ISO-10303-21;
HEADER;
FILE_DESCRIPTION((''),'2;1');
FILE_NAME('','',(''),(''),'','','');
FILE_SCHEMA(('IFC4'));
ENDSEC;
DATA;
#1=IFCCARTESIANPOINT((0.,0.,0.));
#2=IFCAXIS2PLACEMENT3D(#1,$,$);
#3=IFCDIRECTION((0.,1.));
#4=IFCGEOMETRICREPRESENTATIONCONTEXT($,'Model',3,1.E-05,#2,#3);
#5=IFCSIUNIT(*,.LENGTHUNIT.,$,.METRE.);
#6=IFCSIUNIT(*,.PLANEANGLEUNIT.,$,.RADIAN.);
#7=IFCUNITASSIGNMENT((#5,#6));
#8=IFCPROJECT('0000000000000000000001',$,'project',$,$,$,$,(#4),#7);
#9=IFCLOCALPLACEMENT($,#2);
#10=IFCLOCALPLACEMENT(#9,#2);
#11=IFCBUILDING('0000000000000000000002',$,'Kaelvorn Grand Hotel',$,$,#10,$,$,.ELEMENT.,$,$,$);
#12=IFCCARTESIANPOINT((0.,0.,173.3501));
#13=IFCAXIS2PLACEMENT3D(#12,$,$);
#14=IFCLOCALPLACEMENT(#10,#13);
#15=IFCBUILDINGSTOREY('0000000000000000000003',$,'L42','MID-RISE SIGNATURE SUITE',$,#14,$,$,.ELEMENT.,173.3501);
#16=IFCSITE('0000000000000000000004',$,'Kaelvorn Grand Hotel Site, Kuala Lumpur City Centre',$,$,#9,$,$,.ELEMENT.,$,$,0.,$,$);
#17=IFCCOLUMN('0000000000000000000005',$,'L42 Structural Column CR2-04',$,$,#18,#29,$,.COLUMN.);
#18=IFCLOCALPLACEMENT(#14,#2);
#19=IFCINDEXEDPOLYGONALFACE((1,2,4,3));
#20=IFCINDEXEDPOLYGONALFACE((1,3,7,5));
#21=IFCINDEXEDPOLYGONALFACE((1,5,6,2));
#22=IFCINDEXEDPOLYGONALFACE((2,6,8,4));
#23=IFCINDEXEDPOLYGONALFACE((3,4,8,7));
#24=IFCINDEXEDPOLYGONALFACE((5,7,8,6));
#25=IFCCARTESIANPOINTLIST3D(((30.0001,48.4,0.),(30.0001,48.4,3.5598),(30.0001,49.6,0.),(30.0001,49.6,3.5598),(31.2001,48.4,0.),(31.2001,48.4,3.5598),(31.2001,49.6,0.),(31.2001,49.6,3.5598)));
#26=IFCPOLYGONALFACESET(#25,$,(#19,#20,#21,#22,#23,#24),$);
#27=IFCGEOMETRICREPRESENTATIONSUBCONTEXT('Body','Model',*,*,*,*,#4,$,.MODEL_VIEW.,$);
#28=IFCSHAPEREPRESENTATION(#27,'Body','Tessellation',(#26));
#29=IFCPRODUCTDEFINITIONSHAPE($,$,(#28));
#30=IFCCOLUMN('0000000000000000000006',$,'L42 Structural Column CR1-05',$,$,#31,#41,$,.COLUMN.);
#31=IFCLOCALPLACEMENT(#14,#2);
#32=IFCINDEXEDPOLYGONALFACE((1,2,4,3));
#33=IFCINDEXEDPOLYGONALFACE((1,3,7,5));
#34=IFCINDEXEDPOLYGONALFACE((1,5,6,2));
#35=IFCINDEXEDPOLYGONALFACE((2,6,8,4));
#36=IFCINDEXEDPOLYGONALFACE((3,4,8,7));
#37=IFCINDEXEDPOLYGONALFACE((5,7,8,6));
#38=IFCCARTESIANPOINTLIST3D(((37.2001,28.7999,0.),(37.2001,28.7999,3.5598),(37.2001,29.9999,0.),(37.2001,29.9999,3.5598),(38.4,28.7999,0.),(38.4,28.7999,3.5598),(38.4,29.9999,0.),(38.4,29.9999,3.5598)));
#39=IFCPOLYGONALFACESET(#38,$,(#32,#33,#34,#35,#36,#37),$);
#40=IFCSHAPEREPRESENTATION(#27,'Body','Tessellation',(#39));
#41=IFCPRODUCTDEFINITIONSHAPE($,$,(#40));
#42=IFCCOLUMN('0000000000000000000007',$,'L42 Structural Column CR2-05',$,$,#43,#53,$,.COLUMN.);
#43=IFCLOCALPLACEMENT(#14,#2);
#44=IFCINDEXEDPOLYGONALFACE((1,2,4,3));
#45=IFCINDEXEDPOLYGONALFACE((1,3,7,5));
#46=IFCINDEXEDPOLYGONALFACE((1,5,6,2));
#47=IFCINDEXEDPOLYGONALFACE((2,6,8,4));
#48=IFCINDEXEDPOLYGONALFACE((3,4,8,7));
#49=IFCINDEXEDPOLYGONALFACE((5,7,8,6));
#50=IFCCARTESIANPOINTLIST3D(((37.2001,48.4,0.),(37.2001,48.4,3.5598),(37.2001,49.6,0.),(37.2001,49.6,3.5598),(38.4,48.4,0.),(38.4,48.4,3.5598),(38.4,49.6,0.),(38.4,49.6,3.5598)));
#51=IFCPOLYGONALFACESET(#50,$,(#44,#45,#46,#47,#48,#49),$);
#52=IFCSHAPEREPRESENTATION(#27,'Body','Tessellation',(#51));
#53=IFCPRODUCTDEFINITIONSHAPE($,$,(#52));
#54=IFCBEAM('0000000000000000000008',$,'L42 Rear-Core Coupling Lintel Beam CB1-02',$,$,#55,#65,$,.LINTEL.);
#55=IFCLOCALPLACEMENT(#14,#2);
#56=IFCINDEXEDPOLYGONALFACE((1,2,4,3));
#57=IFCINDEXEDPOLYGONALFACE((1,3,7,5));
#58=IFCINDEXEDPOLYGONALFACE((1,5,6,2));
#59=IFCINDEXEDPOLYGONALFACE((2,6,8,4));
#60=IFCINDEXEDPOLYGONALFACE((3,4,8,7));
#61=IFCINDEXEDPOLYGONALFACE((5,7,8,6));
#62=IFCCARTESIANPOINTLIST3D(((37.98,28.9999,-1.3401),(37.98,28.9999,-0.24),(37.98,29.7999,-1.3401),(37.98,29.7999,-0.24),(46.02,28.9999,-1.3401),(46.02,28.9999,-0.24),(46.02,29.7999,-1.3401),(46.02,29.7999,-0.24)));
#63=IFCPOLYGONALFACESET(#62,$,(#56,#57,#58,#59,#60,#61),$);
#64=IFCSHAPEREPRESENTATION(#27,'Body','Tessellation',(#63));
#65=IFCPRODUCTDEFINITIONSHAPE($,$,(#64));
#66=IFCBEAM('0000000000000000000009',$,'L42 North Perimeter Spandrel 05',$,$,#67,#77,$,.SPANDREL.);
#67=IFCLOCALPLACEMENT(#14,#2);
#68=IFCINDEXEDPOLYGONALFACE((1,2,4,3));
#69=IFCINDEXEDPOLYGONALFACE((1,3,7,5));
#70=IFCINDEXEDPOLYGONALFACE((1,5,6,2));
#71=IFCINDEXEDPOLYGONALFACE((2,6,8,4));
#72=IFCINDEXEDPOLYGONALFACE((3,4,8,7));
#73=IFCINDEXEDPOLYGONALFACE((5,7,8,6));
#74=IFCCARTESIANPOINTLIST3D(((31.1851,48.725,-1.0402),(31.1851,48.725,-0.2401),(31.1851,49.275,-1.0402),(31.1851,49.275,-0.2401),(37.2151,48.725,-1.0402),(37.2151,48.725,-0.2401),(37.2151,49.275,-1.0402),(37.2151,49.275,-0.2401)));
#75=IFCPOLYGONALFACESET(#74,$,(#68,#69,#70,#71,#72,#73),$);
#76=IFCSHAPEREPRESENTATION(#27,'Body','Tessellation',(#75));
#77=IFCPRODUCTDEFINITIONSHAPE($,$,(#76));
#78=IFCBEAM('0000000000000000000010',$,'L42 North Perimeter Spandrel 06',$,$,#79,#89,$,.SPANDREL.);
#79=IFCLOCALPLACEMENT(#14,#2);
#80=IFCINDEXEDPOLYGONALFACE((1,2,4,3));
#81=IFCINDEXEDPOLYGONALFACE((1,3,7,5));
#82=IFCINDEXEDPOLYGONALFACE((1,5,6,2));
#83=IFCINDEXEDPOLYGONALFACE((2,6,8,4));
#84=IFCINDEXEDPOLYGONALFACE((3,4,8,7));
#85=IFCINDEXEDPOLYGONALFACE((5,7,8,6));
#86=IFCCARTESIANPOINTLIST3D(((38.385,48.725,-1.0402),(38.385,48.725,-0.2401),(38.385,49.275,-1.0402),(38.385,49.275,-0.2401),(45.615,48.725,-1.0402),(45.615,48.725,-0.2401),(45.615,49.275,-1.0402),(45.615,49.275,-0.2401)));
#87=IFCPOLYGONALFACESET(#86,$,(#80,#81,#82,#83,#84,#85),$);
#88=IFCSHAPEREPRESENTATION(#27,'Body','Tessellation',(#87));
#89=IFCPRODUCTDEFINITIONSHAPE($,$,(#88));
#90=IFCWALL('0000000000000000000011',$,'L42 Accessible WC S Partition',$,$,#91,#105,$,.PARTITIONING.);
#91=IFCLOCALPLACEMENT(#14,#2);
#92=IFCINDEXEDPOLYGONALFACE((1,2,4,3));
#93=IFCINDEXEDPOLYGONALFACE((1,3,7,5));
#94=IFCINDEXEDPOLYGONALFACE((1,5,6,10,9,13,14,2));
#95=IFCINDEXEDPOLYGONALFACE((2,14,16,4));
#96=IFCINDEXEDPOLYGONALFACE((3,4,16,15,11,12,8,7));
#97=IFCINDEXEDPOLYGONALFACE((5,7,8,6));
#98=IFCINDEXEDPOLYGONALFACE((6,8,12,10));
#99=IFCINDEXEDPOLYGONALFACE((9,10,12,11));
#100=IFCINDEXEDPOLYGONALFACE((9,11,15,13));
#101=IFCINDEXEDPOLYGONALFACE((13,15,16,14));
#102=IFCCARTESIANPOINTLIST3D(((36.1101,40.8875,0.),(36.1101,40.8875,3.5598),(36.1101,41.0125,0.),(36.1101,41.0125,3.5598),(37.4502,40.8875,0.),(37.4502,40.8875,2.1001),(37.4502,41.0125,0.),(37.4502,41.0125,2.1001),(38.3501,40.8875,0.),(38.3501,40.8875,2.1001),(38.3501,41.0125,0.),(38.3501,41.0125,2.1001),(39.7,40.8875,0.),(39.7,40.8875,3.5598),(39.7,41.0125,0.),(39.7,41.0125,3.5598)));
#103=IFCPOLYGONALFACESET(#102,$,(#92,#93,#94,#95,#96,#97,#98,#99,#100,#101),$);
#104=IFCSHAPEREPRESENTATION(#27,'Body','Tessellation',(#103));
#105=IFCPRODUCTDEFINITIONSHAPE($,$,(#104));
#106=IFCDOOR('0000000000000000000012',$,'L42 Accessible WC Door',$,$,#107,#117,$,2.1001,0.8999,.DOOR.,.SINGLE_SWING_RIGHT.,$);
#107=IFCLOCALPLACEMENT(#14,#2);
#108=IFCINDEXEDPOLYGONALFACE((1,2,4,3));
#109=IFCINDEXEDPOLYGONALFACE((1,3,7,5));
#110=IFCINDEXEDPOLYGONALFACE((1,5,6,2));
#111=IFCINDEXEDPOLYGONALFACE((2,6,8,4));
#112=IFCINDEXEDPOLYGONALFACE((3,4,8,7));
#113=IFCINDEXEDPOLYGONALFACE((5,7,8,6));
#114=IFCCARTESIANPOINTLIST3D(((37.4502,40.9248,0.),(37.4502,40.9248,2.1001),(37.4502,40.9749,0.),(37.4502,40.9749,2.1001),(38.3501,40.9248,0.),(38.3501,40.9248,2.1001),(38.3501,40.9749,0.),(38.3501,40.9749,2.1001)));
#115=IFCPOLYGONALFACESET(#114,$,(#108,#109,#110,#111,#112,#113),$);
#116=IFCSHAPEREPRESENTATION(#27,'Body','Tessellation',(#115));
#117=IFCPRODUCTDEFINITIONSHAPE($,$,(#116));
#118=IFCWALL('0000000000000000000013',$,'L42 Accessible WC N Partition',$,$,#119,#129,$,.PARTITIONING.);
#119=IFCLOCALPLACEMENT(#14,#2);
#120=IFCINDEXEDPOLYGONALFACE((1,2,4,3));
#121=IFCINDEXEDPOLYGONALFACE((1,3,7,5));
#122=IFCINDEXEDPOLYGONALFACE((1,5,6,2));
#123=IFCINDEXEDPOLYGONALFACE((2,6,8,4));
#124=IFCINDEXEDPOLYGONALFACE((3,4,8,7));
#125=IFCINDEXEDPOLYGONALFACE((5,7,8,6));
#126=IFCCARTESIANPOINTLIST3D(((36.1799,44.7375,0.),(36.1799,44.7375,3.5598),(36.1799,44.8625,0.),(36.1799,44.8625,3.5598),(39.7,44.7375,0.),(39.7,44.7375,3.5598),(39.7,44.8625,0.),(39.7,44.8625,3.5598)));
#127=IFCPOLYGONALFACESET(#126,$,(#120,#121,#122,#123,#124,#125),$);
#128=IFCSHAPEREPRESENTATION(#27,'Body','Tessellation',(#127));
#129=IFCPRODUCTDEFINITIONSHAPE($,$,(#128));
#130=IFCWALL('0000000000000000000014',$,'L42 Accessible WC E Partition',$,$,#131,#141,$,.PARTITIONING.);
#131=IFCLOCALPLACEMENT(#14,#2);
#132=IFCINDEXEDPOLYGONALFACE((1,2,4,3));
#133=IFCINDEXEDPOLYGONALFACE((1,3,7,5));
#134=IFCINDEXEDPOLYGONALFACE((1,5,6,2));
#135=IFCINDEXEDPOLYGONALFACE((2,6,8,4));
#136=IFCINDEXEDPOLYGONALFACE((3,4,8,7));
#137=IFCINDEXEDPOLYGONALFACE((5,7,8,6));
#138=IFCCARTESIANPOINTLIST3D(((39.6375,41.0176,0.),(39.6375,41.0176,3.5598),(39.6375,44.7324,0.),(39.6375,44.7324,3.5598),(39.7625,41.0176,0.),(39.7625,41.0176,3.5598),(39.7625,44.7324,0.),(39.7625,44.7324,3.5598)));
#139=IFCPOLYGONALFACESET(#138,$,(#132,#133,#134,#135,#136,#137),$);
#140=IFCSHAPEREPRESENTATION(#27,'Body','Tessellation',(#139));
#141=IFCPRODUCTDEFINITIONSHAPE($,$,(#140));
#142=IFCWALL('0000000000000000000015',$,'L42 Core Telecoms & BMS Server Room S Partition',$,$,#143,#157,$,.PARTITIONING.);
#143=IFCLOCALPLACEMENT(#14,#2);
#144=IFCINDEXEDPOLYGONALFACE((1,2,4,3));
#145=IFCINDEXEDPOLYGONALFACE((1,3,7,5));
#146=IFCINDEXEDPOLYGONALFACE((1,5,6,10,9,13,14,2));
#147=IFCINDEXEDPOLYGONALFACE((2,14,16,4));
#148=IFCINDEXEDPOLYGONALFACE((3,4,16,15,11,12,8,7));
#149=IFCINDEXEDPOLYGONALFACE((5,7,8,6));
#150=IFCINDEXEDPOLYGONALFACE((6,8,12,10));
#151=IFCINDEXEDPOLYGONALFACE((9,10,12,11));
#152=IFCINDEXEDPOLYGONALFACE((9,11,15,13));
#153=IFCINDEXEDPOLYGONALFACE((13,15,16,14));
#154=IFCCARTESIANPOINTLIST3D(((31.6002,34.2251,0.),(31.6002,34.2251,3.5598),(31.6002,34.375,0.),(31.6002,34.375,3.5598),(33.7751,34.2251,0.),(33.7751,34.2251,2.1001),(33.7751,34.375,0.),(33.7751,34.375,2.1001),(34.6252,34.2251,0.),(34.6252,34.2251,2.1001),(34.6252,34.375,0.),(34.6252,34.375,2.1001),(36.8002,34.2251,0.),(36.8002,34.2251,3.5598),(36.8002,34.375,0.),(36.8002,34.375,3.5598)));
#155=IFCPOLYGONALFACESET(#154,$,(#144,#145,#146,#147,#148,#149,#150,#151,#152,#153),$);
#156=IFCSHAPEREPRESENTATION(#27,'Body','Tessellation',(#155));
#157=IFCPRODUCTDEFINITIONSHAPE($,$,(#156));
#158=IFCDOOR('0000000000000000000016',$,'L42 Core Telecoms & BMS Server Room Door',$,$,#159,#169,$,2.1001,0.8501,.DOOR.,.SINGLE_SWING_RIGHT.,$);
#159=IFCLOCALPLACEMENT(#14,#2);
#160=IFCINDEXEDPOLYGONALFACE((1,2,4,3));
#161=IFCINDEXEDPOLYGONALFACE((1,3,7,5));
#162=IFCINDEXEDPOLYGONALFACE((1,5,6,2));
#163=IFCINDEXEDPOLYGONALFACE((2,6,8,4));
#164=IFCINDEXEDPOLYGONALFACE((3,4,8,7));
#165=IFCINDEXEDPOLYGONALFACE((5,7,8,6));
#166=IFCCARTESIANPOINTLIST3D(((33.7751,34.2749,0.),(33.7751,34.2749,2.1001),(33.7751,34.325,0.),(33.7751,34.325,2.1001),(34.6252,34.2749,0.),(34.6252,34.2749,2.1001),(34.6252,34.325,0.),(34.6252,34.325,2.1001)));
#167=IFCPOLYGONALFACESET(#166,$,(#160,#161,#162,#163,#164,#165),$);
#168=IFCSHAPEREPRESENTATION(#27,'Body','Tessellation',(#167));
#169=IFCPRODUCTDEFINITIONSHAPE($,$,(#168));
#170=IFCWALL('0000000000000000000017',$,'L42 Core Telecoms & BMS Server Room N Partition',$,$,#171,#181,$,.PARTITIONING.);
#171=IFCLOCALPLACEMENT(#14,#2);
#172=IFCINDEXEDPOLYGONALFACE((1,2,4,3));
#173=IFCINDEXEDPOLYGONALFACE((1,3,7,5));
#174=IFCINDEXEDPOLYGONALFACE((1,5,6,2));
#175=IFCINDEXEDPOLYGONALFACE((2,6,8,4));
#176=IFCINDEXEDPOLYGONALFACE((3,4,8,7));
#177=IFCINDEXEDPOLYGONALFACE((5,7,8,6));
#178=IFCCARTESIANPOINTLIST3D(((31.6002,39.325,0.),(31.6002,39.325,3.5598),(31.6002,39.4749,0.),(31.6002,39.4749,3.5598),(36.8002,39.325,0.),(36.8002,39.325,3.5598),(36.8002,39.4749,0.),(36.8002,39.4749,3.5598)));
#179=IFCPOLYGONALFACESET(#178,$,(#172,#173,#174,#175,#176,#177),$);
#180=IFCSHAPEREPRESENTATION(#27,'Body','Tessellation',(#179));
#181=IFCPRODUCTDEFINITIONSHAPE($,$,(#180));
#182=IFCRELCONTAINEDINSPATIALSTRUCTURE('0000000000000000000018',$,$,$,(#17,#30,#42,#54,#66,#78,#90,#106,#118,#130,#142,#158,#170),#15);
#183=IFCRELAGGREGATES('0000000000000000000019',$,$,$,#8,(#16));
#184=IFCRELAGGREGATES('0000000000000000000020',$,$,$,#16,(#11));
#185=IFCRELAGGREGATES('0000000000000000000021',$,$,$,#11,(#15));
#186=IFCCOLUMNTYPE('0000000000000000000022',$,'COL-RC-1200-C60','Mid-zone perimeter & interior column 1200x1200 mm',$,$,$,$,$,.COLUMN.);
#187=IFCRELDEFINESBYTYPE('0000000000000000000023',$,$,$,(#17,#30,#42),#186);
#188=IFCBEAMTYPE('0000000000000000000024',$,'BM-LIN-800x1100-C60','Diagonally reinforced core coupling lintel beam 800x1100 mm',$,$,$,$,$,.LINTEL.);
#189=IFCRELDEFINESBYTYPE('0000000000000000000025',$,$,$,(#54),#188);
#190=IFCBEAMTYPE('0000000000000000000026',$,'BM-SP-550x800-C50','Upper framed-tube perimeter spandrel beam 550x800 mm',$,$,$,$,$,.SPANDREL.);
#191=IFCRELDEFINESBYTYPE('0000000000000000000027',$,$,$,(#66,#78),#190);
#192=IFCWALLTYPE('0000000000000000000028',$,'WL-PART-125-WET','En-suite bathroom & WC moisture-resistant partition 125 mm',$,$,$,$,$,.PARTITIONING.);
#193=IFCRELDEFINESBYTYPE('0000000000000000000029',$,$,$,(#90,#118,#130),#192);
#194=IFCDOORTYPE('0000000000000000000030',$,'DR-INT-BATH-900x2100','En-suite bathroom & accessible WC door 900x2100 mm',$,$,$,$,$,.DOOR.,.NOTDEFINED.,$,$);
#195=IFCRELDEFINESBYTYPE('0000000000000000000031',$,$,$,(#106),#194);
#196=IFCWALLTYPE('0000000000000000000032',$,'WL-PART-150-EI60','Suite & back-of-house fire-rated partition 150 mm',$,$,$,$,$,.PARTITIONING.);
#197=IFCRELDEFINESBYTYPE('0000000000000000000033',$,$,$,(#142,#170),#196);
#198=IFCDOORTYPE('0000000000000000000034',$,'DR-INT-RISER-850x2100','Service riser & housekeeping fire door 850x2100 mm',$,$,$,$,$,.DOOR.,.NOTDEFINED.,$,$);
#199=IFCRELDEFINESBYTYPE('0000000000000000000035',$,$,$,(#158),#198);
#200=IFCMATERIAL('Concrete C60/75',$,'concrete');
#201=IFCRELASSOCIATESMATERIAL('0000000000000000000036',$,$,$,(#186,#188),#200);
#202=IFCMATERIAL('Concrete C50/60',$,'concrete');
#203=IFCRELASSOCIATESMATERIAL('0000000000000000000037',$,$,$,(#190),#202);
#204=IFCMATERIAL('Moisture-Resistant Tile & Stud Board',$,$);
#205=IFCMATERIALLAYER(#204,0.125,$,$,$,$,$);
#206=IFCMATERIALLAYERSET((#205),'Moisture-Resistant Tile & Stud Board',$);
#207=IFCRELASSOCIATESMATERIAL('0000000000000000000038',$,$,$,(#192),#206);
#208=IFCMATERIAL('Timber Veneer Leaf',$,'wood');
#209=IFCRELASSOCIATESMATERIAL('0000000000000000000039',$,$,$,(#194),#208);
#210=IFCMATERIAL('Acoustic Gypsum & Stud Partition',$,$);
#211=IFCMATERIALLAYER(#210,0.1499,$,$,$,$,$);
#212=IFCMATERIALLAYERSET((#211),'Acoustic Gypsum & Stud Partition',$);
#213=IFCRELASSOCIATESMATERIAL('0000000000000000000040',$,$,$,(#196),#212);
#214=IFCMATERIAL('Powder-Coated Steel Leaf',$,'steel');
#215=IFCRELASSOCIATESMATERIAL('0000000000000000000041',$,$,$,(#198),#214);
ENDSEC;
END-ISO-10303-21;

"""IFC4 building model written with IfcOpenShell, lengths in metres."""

from ifc_helpers import new_model, si_unit, direction, frame, frame_2d, origin, origin_2d, place, context, subcontext, project, spatial, rectangle, extrude, material, layer, layer_set, material_profile, profile_set, type_object, element, fill, save


model = new_model("IFC4")

# Units and contexts
model_context = context("Model", 3, precision=1e-05, world=origin(), true_north=direction((0.0, 1.0)))
body_context = subcontext(model_context, "Body", "Model", "MODEL_VIEW")
ifc_project = project(units=[si_unit("LENGTHUNIT", "METRE"), si_unit("PLANEANGLEUNIT", "RADIAN")], contexts=[model_context])

# Site, building, storey
site_placement = place(None, origin())
site = spatial("IfcSite", under=ifc_project, at=site_placement, Name="Kaelvorn Grand Hotel Site, Kuala Lumpur City Centre", CompositionType="ELEMENT", RefElevation=0.0)
building_placement = place(site_placement, origin())
building = spatial("IfcBuilding", under=site, at=building_placement, Name="Kaelvorn Grand Hotel", CompositionType="ELEMENT")
storey_placement = place(building_placement, frame((0.0, 0.0, 173.3501)))
storey = spatial("IfcBuildingStorey", under=building, at=storey_placement, Name="L42", Description="MID-RISE SIGNATURE SUITE", CompositionType="ELEMENT", Elevation=173.3501)

# Columns
ifc_material_1 = material(Name="Concrete C60/75", Category="concrete")
ifc_material_profile_1 = material_profile(ifc_material_1, rectangle(XDim=1.2, YDim=1.2, at=origin_2d()), Name="RC COL 1200x1200")
ifc_profile_set_1 = profile_set([ifc_material_profile_1], Name="Concrete C60/75")
column_type = type_object("IfcColumnType", Name="COL-RC-1200-C60", Description="Mid-zone perimeter & interior column 1200x1200 mm", PredefinedType="COLUMN", material=ifc_profile_set_1)
for number, where, z_axis, x_axis, name in (
    (1, (30.6001, 49.0, 0.0), (0.0, 0.0, 1.0), (1.0, 0.0, 0.0), "L42 Structural Column CR2-04"),
    (2, (37.8, 29.3999, 0.0), (0.0, 0.0, 1.0), (1.0, 0.0, 0.0), "L42 Structural Column CR1-05"),
    (3, (37.8, 49.0, 0.0), (0.0, 0.0, 1.0), (1.0, 0.0, 0.0), "L42 Structural Column CR2-05"),
):
    element("IfcColumn", number, at=place(storey_placement, frame(where, z_axis=z_axis, x_axis=x_axis)), inside=storey, type_object=column_type, Name=name, PredefinedType="COLUMN", context=body_context, shape_type="SweptSolid", body=[
        extrude(rectangle(XDim=1.2, YDim=1.2, at=origin_2d()), origin(), (0.0, 0.0, 1.0), 3.5598),
    ])

# Beams
ifc_material_profile_2 = material_profile(ifc_material_1, rectangle(XDim=0.8, YDim=1.1001, at=origin_2d()), Name="RC LINTEL 800x1100")
ifc_profile_set_2 = profile_set([ifc_material_profile_2], Name="Concrete C60/75")
beam_type_1 = type_object("IfcBeamType", Name="BM-LIN-800x1100-C60", Description="Diagonally reinforced core coupling lintel beam 800x1100 mm", PredefinedType="LINTEL", material=ifc_profile_set_2)
beam_1_placement = place(storey_placement, frame((37.98, 29.3999, -0.79), z_axis=(1.0, 0.0, 0.0), x_axis=(0.0, 1.0, 0.0)))
element("IfcBeam", 4, at=beam_1_placement, inside=storey, type_object=beam_type_1, Name="L42 Rear-Core Coupling Lintel Beam CB1-02", PredefinedType="LINTEL", context=body_context, shape_type="SweptSolid", body=[
    extrude(rectangle(XDim=0.8, YDim=1.1001, at=origin_2d()), origin(), (0.0, 0.0, 1.0), 8.04),
])
ifc_material_2 = material(Name="Concrete C50/60", Category="concrete")
ifc_material_profile_3 = material_profile(ifc_material_2, rectangle(XDim=0.55, YDim=0.8, at=origin_2d()), Name="RC SPANDREL 550x800")
ifc_profile_set_3 = profile_set([ifc_material_profile_3], Name="Concrete C50/60")
beam_type_2 = type_object("IfcBeamType", Name="BM-SP-550x800-C50", Description="Upper framed-tube perimeter spandrel beam 550x800 mm", PredefinedType="SPANDREL", material=ifc_profile_set_3)
beam_2_placement = place(storey_placement, frame((31.1851, 49.0, -0.6401), z_axis=(1.0, 0.0, 0.0), x_axis=(0.0, 1.0, 0.0)))
element("IfcBeam", 5, at=beam_2_placement, inside=storey, type_object=beam_type_2, Name="L42 North Perimeter Spandrel 05", PredefinedType="SPANDREL", context=body_context, shape_type="SweptSolid", body=[
    extrude(rectangle(XDim=0.55, YDim=0.8, at=origin_2d()), origin(), (0.0, 0.0, 1.0), 6.03),
])
beam_3_placement = place(storey_placement, frame((38.385, 49.0, -0.6401), z_axis=(1.0, 0.0, 0.0), x_axis=(0.0, 1.0, 0.0)))
element("IfcBeam", 6, at=beam_3_placement, inside=storey, type_object=beam_type_2, Name="L42 North Perimeter Spandrel 06", PredefinedType="SPANDREL", context=body_context, shape_type="SweptSolid", body=[
    extrude(rectangle(XDim=0.55, YDim=0.8, at=origin_2d()), origin(), (0.0, 0.0, 1.0), 7.23),
])

# Wall, opening, door
ifc_material_3 = material(Name="Moisture-Resistant Tile & Stud Board")
ifc_layer_1 = layer(ifc_material_3, 0.125)
ifc_layer_set_1 = layer_set([ifc_layer_1], Name="Moisture-Resistant Tile & Stud Board")
wall_type_1 = type_object("IfcWallType", Name="WL-PART-125-WET", Description="En-suite bathroom & WC moisture-resistant partition 125 mm", PredefinedType="PARTITIONING", material=ifc_layer_set_1)
wall_1_placement = place(storey_placement, frame((36.1101, 40.95, 0.0), z_axis=(0.0, 0.0, 1.0), x_axis=(1.0, 0.0, 0.0)))
wall_1 = element("IfcWall", 7, at=wall_1_placement, inside=storey, type_object=wall_type_1, Name="L42 Accessible WC S Partition", PredefinedType="PARTITIONING", context=body_context, shape_type="SweptSolid", body=[
    extrude(rectangle(XDim=3.5898, YDim=0.125, at=frame_2d((1.7949, 0.0))), origin(), (0.0, 0.0, 1.0), 3.5598),
])
opening_1_placement = place(wall_1_placement, frame((1.3401, 0.0, 0.0)))
opening_1 = element("IfcOpeningElement", 8, at=opening_1_placement, cuts=wall_1, PredefinedType="OPENING", context=body_context, shape_type="SweptSolid", body=[
    extrude(rectangle(XDim=0.8999, YDim=2.1001, at=frame_2d((0.45, 1.05))), frame((0.0, 0.0725, 0.0), z_axis=(0.0, -1.0, 0.0), x_axis=(1.0, 0.0, 0.0)), (0.0, 0.0, 1.0), 0.145),
])
ifc_material_4 = material(Name="Timber Veneer Leaf", Category="wood")
door_type_1 = type_object("IfcDoorType", Name="DR-INT-BATH-900x2100", Description="En-suite bathroom & accessible WC door 900x2100 mm", OperationType="NOTDEFINED", PredefinedType="DOOR", material=ifc_material_4)
door_1_placement = place(opening_1_placement, origin())
door_1 = element("IfcDoor", 9, at=door_1_placement, inside=storey, type_object=door_type_1, Name="L42 Accessible WC Door", OperationType="SINGLE_SWING_RIGHT", OverallHeight=2.1001, OverallWidth=0.8999, PredefinedType="DOOR", context=body_context, shape_type="SweptSolid", body=[
    extrude(rectangle(XDim=0.8999, YDim=2.1001, at=frame_2d((0.45, 1.05))), frame((0.0, 0.0249, 0.0), z_axis=(0.0, -1.0, 0.0), x_axis=(1.0, 0.0, 0.0)), (0.0, 0.0, 1.0), 0.05),
])
fill(opening_1, door_1)

# Walls
wall_2_placement = place(storey_placement, frame((36.1799, 44.8, 0.0), z_axis=(0.0, 0.0, 1.0), x_axis=(1.0, 0.0, 0.0)))
element("IfcWall", 10, at=wall_2_placement, inside=storey, type_object=wall_type_1, Name="L42 Accessible WC N Partition", PredefinedType="PARTITIONING", context=body_context, shape_type="SweptSolid", body=[
    extrude(rectangle(XDim=3.52, YDim=0.125, at=frame_2d((1.76, 0.0))), origin(), (0.0, 0.0, 1.0), 3.5598),
])
wall_3_placement = place(storey_placement, frame((39.7, 41.0176, 0.0), z_axis=(0.0, 0.0, 1.0), x_axis=(0.0, 1.0, 0.0)))
element("IfcWall", 11, at=wall_3_placement, inside=storey, type_object=wall_type_1, Name="L42 Accessible WC E Partition", PredefinedType="PARTITIONING", context=body_context, shape_type="SweptSolid", body=[
    extrude(rectangle(XDim=3.7148, YDim=0.125, at=frame_2d((1.8574, 0.0))), origin(), (0.0, 0.0, 1.0), 3.5598),
])

# Wall, opening, door
ifc_material_5 = material(Name="Acoustic Gypsum & Stud Partition")
ifc_layer_2 = layer(ifc_material_5, 0.1499)
ifc_layer_set_2 = layer_set([ifc_layer_2], Name="Acoustic Gypsum & Stud Partition")
wall_type_2 = type_object("IfcWallType", Name="WL-PART-150-EI60", Description="Suite & back-of-house fire-rated partition 150 mm", PredefinedType="PARTITIONING", material=ifc_layer_set_2)
wall_4_placement = place(storey_placement, frame((31.6001, 34.3, 0.0), z_axis=(0.0, 0.0, 1.0), x_axis=(1.0, 0.0, 0.0)))
wall_4 = element("IfcWall", 12, at=wall_4_placement, inside=storey, type_object=wall_type_2, Name="L42 Core Telecoms & BMS Server Room S Partition", PredefinedType="PARTITIONING", context=body_context, shape_type="SweptSolid", body=[
    extrude(rectangle(XDim=5.2, YDim=0.1499, at=frame_2d((2.6001, 0.0))), origin(), (0.0, 0.0, 1.0), 3.5598),
])
opening_2_placement = place(wall_4_placement, frame((2.175, 0.0, 0.0)))
opening_2 = element("IfcOpeningElement", 13, at=opening_2_placement, cuts=wall_4, PredefinedType="OPENING", context=body_context, shape_type="SweptSolid", body=[
    extrude(rectangle(XDim=0.8501, YDim=2.1001, at=frame_2d((0.425, 1.05))), frame((0.0, 0.085, 0.0), z_axis=(0.0, -1.0, 0.0), x_axis=(1.0, 0.0, 0.0)), (0.0, 0.0, 1.0), 0.1699),
])
ifc_material_6 = material(Name="Powder-Coated Steel Leaf", Category="steel")
door_type_2 = type_object("IfcDoorType", Name="DR-INT-RISER-850x2100", Description="Service riser & housekeeping fire door 850x2100 mm", OperationType="NOTDEFINED", PredefinedType="DOOR", material=ifc_material_6)
door_2_placement = place(opening_2_placement, origin())
door_2 = element("IfcDoor", 14, at=door_2_placement, inside=storey, type_object=door_type_2, Name="L42 Core Telecoms & BMS Server Room Door", OperationType="SINGLE_SWING_RIGHT", OverallHeight=2.1001, OverallWidth=0.8501, PredefinedType="DOOR", context=body_context, shape_type="SweptSolid", body=[
    extrude(rectangle(XDim=0.8501, YDim=2.1001, at=frame_2d((0.425, 1.05))), frame((0.0, 0.0249, 0.0), z_axis=(0.0, -1.0, 0.0), x_axis=(1.0, 0.0, 0.0)), (0.0, 0.0, 1.0), 0.05),
])
fill(opening_2, door_2)

# Wall
wall_5_placement = place(storey_placement, frame((31.6001, 39.3999, 0.0), z_axis=(0.0, 0.0, 1.0), x_axis=(1.0, 0.0, 0.0)))
element("IfcWall", 15, at=wall_5_placement, inside=storey, type_object=wall_type_2, Name="L42 Core Telecoms & BMS Server Room N Partition", PredefinedType="PARTITIONING", context=body_context, shape_type="SweptSolid", body=[
    extrude(rectangle(XDim=5.2, YDim=0.1499, at=frame_2d((2.6001, 0.0))), origin(), (0.0, 0.0, 1.0), 3.5598),
])

save(model, "model.ifc")
